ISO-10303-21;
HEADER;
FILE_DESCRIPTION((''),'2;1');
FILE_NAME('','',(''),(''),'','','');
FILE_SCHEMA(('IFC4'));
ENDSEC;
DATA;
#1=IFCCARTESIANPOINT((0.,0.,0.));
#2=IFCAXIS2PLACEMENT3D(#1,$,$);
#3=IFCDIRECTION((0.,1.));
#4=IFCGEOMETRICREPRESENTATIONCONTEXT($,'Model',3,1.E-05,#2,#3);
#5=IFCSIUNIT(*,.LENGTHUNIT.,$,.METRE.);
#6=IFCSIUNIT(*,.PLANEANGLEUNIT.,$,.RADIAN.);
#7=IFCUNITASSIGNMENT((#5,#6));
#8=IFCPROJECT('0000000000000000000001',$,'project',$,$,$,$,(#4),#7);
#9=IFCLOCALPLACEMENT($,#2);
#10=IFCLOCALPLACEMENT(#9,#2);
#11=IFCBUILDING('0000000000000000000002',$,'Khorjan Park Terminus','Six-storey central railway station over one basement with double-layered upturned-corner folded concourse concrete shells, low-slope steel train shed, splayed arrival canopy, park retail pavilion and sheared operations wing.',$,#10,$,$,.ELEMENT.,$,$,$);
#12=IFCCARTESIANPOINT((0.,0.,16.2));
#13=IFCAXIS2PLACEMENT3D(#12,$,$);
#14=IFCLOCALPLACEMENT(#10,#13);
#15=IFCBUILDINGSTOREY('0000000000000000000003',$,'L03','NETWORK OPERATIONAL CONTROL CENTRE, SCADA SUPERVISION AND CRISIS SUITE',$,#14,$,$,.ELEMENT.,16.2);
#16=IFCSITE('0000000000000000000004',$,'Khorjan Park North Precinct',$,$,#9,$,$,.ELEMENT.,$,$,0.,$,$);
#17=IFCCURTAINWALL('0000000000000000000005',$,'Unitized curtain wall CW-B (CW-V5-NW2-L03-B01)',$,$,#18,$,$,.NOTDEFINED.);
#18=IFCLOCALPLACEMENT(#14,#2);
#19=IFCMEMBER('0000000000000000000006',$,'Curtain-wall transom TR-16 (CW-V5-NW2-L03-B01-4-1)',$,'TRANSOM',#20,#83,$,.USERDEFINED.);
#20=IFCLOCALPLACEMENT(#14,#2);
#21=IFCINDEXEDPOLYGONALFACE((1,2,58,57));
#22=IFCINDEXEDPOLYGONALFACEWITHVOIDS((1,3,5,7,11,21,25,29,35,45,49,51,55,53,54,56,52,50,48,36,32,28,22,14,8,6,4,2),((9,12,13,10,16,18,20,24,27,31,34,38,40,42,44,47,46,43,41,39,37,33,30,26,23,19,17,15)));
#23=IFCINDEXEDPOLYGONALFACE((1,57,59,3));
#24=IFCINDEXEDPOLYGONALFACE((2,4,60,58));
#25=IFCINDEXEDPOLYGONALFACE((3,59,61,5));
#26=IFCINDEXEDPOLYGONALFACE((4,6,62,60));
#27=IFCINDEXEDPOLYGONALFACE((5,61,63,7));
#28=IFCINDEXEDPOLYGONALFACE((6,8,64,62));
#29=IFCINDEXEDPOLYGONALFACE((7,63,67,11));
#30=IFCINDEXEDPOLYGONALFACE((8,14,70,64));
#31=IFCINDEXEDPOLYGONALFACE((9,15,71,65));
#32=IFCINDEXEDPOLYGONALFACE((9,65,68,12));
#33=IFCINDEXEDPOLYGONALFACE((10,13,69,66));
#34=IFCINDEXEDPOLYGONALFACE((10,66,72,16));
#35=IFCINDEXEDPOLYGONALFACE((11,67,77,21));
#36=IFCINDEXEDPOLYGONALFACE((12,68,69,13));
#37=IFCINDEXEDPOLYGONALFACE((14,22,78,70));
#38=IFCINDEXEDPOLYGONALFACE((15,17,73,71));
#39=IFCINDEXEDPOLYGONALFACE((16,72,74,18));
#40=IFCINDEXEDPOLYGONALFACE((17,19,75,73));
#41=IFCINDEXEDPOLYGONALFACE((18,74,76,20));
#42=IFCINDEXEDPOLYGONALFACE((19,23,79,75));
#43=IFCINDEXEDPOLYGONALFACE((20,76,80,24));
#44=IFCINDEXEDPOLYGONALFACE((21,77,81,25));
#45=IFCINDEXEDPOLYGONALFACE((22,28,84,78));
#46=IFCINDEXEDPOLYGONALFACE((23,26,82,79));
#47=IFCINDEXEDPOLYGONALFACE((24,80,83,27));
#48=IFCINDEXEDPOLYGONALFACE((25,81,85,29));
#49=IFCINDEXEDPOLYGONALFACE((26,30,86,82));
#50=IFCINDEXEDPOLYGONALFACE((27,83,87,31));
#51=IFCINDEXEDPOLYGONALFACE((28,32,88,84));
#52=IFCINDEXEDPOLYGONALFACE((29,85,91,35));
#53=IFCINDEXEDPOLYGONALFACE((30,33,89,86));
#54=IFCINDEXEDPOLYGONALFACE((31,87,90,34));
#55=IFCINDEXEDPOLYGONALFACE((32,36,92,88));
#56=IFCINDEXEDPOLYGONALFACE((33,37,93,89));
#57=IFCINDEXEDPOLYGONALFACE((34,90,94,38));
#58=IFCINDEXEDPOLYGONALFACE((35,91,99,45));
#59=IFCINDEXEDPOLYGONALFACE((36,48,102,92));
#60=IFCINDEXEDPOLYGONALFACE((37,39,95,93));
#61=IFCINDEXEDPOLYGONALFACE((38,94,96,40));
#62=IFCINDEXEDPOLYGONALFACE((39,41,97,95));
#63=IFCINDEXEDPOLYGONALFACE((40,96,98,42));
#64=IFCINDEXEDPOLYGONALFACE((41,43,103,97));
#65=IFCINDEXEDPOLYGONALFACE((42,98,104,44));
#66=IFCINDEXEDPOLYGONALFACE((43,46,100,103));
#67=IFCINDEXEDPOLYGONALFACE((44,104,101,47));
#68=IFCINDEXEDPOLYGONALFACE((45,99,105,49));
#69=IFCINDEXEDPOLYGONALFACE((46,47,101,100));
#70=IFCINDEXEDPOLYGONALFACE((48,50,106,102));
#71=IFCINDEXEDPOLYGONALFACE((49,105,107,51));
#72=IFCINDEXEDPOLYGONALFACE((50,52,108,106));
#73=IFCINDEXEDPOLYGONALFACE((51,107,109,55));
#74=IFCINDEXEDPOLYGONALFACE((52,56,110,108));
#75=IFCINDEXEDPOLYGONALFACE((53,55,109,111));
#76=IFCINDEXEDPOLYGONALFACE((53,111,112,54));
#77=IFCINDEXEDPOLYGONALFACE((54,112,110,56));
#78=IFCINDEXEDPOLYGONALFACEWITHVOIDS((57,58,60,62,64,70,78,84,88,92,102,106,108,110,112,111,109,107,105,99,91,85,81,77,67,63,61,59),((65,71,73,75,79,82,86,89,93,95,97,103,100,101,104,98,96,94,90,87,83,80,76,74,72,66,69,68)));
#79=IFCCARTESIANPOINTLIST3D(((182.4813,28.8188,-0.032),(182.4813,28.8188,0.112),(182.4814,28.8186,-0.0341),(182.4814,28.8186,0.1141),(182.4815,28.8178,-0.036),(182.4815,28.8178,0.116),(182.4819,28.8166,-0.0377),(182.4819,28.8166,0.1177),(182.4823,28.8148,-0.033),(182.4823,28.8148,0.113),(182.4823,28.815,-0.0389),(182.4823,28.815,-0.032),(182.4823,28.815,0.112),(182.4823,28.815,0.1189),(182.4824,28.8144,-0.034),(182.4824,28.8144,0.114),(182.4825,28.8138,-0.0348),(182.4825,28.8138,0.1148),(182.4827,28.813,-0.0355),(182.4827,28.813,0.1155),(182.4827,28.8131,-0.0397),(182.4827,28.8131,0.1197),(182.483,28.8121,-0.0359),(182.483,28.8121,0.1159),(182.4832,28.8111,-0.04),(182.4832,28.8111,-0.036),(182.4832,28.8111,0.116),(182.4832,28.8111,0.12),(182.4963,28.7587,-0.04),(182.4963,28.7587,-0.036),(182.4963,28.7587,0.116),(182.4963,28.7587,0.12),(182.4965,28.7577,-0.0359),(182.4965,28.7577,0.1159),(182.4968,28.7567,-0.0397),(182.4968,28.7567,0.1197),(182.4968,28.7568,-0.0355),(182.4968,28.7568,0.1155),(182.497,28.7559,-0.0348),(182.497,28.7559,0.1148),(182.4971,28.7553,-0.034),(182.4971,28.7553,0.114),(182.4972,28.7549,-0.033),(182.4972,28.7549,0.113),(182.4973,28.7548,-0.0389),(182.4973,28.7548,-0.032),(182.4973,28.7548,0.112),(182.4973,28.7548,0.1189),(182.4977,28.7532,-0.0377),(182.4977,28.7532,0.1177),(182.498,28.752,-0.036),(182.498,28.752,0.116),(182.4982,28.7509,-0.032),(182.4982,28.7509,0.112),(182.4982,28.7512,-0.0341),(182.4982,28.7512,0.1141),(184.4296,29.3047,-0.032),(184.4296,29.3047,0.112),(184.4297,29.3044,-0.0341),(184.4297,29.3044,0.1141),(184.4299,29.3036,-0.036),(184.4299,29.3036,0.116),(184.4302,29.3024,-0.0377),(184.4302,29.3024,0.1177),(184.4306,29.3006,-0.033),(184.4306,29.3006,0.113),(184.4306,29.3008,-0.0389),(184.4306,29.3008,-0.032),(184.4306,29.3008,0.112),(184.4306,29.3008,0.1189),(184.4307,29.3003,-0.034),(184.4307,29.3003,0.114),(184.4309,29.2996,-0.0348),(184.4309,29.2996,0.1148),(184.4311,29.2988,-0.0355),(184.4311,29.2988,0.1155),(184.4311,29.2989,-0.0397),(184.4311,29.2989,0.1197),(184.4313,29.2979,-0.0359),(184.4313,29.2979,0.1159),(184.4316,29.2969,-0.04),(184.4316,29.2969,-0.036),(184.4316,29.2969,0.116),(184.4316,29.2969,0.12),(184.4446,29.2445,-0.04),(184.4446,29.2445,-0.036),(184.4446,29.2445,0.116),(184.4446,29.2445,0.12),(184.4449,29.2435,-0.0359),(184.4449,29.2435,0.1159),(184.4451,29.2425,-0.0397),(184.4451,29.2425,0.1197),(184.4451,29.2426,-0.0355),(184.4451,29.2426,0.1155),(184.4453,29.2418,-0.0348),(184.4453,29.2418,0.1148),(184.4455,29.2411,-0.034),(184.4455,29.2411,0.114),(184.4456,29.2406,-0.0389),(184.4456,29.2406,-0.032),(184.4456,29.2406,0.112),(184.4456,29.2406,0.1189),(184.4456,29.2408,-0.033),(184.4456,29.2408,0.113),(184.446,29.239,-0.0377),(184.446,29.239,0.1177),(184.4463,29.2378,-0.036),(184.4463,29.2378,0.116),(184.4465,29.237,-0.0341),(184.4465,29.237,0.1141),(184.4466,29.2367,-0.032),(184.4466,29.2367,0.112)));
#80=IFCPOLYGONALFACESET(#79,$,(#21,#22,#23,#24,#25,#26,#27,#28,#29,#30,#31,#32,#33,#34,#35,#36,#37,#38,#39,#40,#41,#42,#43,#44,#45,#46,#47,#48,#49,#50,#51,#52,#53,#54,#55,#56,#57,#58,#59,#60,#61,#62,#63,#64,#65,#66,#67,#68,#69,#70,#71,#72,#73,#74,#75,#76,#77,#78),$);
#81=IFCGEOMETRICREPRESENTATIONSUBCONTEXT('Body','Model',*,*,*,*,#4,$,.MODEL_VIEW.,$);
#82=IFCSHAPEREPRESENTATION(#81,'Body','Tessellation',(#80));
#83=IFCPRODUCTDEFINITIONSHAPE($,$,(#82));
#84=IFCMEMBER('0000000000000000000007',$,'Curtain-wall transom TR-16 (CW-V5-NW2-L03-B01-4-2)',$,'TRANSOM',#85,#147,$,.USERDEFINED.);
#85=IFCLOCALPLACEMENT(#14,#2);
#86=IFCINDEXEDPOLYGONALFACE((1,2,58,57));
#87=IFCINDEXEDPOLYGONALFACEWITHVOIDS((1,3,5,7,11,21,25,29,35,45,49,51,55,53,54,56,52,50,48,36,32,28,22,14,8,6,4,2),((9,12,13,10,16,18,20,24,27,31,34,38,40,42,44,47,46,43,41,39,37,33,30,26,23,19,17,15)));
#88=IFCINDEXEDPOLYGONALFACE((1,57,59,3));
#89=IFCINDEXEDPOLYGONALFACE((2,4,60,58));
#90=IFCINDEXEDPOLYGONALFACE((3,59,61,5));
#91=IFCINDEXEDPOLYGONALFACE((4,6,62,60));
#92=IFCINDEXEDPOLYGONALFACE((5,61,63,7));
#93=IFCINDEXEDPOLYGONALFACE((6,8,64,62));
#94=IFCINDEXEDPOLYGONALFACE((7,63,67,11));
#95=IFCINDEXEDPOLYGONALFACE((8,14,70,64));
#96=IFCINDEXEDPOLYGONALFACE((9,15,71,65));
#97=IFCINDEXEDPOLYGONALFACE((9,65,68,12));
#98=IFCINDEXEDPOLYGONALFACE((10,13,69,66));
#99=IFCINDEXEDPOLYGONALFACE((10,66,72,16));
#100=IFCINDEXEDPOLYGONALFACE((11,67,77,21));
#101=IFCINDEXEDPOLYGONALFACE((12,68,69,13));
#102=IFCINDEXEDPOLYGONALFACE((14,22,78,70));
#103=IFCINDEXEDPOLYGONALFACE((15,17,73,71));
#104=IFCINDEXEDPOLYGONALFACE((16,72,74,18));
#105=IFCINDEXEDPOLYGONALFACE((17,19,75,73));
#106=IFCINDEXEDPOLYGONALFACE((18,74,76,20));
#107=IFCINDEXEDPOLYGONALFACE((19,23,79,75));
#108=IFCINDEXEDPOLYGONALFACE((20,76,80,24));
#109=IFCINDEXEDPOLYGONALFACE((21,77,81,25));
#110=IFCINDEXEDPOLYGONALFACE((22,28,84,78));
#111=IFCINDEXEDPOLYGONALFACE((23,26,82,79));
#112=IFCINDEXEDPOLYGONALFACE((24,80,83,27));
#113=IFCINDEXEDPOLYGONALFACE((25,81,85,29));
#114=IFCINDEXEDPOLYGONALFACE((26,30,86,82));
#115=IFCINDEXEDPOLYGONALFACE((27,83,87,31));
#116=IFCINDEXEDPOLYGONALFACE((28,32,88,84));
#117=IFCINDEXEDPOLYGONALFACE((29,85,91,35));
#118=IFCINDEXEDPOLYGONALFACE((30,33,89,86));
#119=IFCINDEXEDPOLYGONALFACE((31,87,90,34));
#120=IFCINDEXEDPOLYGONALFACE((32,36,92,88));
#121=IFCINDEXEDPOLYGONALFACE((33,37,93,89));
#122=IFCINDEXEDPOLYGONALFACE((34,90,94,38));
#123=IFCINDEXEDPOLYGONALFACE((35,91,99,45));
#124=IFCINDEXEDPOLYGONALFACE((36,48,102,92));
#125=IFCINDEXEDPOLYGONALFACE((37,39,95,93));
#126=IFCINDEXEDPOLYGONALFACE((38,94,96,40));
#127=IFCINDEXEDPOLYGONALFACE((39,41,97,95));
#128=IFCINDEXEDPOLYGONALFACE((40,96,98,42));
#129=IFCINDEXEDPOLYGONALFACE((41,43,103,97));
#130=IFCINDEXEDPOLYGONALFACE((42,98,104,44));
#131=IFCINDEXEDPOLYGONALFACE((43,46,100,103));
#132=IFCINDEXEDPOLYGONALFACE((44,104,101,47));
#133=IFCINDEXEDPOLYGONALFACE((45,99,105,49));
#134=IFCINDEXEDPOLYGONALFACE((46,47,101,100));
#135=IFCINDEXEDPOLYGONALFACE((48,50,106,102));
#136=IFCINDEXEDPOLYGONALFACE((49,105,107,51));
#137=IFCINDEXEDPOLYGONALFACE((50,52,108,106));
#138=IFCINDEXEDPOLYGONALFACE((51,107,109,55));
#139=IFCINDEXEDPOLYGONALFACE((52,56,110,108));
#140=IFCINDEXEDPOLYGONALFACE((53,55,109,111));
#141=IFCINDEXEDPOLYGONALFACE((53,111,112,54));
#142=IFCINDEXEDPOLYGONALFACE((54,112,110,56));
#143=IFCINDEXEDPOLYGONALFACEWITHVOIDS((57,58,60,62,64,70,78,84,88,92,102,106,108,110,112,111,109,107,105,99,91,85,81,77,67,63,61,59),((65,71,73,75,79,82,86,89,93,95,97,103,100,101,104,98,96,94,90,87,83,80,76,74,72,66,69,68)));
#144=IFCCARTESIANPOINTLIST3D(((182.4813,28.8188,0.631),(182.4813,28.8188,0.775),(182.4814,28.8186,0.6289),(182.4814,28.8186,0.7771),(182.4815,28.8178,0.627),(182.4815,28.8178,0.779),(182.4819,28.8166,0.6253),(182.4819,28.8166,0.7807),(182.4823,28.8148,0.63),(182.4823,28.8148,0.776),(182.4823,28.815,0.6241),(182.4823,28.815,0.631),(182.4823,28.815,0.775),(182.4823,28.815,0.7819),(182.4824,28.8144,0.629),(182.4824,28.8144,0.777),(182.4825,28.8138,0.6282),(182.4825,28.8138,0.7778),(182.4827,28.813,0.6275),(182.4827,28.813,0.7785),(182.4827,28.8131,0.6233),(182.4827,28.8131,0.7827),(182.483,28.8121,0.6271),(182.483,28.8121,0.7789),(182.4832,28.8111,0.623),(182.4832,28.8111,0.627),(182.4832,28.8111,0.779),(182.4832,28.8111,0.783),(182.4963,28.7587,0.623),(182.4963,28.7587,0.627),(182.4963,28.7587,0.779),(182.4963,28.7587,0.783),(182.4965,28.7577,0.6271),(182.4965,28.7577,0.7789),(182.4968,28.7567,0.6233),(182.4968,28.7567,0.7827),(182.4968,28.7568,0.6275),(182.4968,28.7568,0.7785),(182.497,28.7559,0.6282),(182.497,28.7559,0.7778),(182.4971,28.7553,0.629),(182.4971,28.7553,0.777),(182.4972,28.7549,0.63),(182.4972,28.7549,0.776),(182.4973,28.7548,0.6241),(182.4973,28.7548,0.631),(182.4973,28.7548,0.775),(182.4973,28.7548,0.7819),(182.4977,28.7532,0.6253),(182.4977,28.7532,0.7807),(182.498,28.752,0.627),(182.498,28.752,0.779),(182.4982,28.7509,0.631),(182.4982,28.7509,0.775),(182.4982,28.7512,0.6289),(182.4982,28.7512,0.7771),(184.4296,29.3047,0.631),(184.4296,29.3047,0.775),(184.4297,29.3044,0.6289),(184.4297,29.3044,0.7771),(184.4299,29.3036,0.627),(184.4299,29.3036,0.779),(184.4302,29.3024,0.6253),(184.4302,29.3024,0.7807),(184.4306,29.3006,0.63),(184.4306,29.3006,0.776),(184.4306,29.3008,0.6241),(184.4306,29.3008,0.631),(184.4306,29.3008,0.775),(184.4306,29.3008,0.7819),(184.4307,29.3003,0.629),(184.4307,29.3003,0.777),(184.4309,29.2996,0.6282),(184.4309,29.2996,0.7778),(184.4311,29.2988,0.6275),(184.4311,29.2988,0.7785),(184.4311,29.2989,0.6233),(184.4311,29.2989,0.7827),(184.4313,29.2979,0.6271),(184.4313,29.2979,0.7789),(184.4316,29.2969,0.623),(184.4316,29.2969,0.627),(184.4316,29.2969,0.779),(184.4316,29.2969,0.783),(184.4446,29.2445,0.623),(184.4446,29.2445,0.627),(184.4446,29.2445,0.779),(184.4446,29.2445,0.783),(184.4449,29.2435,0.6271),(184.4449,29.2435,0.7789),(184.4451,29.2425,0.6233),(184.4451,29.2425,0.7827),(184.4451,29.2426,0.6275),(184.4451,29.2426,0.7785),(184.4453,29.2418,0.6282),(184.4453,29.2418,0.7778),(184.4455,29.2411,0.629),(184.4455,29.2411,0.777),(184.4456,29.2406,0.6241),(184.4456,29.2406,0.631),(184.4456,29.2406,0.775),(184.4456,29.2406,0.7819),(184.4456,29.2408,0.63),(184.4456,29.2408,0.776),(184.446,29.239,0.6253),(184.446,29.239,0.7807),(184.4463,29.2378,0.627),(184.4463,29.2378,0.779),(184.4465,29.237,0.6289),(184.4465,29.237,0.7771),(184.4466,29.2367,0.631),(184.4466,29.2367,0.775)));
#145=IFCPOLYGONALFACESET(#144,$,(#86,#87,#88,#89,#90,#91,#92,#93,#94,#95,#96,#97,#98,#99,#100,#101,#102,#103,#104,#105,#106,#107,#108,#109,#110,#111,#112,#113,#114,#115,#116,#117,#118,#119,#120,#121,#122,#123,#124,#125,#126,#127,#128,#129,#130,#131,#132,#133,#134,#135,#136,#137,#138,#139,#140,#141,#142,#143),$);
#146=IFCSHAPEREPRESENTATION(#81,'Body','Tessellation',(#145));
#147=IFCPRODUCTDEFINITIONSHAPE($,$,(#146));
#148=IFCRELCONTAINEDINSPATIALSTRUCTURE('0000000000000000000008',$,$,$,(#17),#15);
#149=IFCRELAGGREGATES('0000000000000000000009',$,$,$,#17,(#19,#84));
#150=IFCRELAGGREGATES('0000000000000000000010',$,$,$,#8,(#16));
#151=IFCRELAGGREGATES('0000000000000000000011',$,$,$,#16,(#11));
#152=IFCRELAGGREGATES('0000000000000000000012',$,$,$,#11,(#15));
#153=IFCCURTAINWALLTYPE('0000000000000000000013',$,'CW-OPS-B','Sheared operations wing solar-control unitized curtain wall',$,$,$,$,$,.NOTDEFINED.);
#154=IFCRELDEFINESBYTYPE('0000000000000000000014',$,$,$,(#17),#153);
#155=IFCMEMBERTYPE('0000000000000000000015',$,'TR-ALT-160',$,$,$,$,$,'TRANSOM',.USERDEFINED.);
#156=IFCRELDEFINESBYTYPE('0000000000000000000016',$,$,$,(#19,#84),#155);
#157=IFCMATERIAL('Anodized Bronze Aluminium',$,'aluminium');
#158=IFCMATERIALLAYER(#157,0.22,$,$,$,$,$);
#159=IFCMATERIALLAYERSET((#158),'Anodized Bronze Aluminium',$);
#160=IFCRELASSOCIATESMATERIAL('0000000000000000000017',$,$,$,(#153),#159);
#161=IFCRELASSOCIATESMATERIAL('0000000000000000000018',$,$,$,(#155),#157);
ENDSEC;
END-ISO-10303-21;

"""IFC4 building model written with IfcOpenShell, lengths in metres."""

from ifc_helpers import new_model, si_unit, direction, frame, origin, origin_2d, place, context, subcontext, project, spatial, hollow_rectangle, extrude, material, layer, layer_set, material_profile, profile_set, type_object, element, aggregate, save


model = new_model("IFC4")

# Units and contexts
model_context = context("Model", 3, precision=1e-05, world=origin(), true_north=direction((0.0, 1.0)))
body_context = subcontext(model_context, "Body", "Model", "MODEL_VIEW")
ifc_project = project(units=[si_unit("LENGTHUNIT", "METRE"), si_unit("PLANEANGLEUNIT", "RADIAN")], contexts=[model_context])

# Site, building, storey
site_placement = place(None, origin())
site = spatial("IfcSite", under=ifc_project, at=site_placement, Name="Khorjan Park North Precinct", CompositionType="ELEMENT", RefElevation=0.0)
building_placement = place(site_placement, origin())
building = spatial("IfcBuilding", under=site, at=building_placement, Name="Khorjan Park Terminus", Description="Six-storey central railway station over one basement with double-layered upturned-corner folded concourse concrete shells, low-slope steel train shed, splayed arrival canopy, park retail pavilion and sheared operations wing.", CompositionType="ELEMENT")
storey_placement = place(building_placement, frame((0.0, 0.0, 16.2)))
storey = spatial("IfcBuildingStorey", under=building, at=storey_placement, Name="L03", Description="NETWORK OPERATIONAL CONTROL CENTRE, SCADA SUPERVISION AND CRISIS SUITE", CompositionType="ELEMENT", Elevation=16.2)

# Curtain wall, members
ifc_material_1 = material(Name="Anodized Bronze Aluminium", Category="aluminium")
ifc_layer_1 = layer(ifc_material_1, 0.22)
ifc_layer_set_1 = layer_set([ifc_layer_1], Name="Anodized Bronze Aluminium")
curtain_wall_type = type_object("IfcCurtainWallType", Name="CW-OPS-B", Description="Sheared operations wing solar-control unitized curtain wall", PredefinedType="NOTDEFINED", material=ifc_layer_set_1)
curtain_wall_placement = place(storey_placement, origin())
curtain_wall = element("IfcCurtainWall", 1, at=curtain_wall_placement, inside=storey, type_object=curtain_wall_type, Name="Unitized curtain wall CW-B (CW-V5-NW2-L03-B01)", PredefinedType="NOTDEFINED")
ifc_material_profile_1 = material_profile(ifc_material_1, hollow_rectangle(XDim=0.07, YDim=0.16, WallThickness=0.004, InnerFilletRadius=0.004, OuterFilletRadius=0.008, at=origin_2d()), Name="ALT 70x160x4")
ifc_profile_set_1 = profile_set([ifc_material_profile_1], Name="Anodized Bronze Aluminium")
member_type_1 = type_object("IfcMemberType", Name="TR-ALT-160", ElementType="TRANSOM", PredefinedType="USERDEFINED", material=ifc_profile_set_1)
member_1_placement = place(storey_placement, frame((184.4381, 29.2707, 0.04), z_axis=(-0.970292, -0.241938, 0.0), x_axis=(0.241938, -0.970292, 0.0)))
member_1 = element("IfcMember", 2, at=member_1_placement, type_object=member_type_1, Name="Curtain-wall transom TR-16 (CW-V5-NW2-L03-B01-4-1)", ObjectType="TRANSOM", PredefinedType="USERDEFINED", context=body_context, shape_type="SweptSolid", body=[
    extrude(hollow_rectangle(XDim=0.07, YDim=0.16, WallThickness=0.004, InnerFilletRadius=0.004, OuterFilletRadius=0.008, at=origin_2d()), origin(), (0.0, 0.0, 1.0), 2.008),
])
member_2_placement = place(storey_placement, frame((184.4381, 29.2707, 0.703), z_axis=(-0.970292, -0.241938, 0.0), x_axis=(0.241938, -0.970292, 0.0)))
member_2 = element("IfcMember", 3, at=member_2_placement, type_object=member_type_1, Name="Curtain-wall transom TR-16 (CW-V5-NW2-L03-B01-4-2)", ObjectType="TRANSOM", PredefinedType="USERDEFINED", context=body_context, shape_type="SweptSolid", body=[
    extrude(hollow_rectangle(XDim=0.07, YDim=0.16, WallThickness=0.004, InnerFilletRadius=0.004, OuterFilletRadius=0.008, at=origin_2d()), origin(), (0.0, 0.0, 1.0), 2.008),
])
aggregate(curtain_wall, [member_1, member_2])

save(model, "model.ifc")
